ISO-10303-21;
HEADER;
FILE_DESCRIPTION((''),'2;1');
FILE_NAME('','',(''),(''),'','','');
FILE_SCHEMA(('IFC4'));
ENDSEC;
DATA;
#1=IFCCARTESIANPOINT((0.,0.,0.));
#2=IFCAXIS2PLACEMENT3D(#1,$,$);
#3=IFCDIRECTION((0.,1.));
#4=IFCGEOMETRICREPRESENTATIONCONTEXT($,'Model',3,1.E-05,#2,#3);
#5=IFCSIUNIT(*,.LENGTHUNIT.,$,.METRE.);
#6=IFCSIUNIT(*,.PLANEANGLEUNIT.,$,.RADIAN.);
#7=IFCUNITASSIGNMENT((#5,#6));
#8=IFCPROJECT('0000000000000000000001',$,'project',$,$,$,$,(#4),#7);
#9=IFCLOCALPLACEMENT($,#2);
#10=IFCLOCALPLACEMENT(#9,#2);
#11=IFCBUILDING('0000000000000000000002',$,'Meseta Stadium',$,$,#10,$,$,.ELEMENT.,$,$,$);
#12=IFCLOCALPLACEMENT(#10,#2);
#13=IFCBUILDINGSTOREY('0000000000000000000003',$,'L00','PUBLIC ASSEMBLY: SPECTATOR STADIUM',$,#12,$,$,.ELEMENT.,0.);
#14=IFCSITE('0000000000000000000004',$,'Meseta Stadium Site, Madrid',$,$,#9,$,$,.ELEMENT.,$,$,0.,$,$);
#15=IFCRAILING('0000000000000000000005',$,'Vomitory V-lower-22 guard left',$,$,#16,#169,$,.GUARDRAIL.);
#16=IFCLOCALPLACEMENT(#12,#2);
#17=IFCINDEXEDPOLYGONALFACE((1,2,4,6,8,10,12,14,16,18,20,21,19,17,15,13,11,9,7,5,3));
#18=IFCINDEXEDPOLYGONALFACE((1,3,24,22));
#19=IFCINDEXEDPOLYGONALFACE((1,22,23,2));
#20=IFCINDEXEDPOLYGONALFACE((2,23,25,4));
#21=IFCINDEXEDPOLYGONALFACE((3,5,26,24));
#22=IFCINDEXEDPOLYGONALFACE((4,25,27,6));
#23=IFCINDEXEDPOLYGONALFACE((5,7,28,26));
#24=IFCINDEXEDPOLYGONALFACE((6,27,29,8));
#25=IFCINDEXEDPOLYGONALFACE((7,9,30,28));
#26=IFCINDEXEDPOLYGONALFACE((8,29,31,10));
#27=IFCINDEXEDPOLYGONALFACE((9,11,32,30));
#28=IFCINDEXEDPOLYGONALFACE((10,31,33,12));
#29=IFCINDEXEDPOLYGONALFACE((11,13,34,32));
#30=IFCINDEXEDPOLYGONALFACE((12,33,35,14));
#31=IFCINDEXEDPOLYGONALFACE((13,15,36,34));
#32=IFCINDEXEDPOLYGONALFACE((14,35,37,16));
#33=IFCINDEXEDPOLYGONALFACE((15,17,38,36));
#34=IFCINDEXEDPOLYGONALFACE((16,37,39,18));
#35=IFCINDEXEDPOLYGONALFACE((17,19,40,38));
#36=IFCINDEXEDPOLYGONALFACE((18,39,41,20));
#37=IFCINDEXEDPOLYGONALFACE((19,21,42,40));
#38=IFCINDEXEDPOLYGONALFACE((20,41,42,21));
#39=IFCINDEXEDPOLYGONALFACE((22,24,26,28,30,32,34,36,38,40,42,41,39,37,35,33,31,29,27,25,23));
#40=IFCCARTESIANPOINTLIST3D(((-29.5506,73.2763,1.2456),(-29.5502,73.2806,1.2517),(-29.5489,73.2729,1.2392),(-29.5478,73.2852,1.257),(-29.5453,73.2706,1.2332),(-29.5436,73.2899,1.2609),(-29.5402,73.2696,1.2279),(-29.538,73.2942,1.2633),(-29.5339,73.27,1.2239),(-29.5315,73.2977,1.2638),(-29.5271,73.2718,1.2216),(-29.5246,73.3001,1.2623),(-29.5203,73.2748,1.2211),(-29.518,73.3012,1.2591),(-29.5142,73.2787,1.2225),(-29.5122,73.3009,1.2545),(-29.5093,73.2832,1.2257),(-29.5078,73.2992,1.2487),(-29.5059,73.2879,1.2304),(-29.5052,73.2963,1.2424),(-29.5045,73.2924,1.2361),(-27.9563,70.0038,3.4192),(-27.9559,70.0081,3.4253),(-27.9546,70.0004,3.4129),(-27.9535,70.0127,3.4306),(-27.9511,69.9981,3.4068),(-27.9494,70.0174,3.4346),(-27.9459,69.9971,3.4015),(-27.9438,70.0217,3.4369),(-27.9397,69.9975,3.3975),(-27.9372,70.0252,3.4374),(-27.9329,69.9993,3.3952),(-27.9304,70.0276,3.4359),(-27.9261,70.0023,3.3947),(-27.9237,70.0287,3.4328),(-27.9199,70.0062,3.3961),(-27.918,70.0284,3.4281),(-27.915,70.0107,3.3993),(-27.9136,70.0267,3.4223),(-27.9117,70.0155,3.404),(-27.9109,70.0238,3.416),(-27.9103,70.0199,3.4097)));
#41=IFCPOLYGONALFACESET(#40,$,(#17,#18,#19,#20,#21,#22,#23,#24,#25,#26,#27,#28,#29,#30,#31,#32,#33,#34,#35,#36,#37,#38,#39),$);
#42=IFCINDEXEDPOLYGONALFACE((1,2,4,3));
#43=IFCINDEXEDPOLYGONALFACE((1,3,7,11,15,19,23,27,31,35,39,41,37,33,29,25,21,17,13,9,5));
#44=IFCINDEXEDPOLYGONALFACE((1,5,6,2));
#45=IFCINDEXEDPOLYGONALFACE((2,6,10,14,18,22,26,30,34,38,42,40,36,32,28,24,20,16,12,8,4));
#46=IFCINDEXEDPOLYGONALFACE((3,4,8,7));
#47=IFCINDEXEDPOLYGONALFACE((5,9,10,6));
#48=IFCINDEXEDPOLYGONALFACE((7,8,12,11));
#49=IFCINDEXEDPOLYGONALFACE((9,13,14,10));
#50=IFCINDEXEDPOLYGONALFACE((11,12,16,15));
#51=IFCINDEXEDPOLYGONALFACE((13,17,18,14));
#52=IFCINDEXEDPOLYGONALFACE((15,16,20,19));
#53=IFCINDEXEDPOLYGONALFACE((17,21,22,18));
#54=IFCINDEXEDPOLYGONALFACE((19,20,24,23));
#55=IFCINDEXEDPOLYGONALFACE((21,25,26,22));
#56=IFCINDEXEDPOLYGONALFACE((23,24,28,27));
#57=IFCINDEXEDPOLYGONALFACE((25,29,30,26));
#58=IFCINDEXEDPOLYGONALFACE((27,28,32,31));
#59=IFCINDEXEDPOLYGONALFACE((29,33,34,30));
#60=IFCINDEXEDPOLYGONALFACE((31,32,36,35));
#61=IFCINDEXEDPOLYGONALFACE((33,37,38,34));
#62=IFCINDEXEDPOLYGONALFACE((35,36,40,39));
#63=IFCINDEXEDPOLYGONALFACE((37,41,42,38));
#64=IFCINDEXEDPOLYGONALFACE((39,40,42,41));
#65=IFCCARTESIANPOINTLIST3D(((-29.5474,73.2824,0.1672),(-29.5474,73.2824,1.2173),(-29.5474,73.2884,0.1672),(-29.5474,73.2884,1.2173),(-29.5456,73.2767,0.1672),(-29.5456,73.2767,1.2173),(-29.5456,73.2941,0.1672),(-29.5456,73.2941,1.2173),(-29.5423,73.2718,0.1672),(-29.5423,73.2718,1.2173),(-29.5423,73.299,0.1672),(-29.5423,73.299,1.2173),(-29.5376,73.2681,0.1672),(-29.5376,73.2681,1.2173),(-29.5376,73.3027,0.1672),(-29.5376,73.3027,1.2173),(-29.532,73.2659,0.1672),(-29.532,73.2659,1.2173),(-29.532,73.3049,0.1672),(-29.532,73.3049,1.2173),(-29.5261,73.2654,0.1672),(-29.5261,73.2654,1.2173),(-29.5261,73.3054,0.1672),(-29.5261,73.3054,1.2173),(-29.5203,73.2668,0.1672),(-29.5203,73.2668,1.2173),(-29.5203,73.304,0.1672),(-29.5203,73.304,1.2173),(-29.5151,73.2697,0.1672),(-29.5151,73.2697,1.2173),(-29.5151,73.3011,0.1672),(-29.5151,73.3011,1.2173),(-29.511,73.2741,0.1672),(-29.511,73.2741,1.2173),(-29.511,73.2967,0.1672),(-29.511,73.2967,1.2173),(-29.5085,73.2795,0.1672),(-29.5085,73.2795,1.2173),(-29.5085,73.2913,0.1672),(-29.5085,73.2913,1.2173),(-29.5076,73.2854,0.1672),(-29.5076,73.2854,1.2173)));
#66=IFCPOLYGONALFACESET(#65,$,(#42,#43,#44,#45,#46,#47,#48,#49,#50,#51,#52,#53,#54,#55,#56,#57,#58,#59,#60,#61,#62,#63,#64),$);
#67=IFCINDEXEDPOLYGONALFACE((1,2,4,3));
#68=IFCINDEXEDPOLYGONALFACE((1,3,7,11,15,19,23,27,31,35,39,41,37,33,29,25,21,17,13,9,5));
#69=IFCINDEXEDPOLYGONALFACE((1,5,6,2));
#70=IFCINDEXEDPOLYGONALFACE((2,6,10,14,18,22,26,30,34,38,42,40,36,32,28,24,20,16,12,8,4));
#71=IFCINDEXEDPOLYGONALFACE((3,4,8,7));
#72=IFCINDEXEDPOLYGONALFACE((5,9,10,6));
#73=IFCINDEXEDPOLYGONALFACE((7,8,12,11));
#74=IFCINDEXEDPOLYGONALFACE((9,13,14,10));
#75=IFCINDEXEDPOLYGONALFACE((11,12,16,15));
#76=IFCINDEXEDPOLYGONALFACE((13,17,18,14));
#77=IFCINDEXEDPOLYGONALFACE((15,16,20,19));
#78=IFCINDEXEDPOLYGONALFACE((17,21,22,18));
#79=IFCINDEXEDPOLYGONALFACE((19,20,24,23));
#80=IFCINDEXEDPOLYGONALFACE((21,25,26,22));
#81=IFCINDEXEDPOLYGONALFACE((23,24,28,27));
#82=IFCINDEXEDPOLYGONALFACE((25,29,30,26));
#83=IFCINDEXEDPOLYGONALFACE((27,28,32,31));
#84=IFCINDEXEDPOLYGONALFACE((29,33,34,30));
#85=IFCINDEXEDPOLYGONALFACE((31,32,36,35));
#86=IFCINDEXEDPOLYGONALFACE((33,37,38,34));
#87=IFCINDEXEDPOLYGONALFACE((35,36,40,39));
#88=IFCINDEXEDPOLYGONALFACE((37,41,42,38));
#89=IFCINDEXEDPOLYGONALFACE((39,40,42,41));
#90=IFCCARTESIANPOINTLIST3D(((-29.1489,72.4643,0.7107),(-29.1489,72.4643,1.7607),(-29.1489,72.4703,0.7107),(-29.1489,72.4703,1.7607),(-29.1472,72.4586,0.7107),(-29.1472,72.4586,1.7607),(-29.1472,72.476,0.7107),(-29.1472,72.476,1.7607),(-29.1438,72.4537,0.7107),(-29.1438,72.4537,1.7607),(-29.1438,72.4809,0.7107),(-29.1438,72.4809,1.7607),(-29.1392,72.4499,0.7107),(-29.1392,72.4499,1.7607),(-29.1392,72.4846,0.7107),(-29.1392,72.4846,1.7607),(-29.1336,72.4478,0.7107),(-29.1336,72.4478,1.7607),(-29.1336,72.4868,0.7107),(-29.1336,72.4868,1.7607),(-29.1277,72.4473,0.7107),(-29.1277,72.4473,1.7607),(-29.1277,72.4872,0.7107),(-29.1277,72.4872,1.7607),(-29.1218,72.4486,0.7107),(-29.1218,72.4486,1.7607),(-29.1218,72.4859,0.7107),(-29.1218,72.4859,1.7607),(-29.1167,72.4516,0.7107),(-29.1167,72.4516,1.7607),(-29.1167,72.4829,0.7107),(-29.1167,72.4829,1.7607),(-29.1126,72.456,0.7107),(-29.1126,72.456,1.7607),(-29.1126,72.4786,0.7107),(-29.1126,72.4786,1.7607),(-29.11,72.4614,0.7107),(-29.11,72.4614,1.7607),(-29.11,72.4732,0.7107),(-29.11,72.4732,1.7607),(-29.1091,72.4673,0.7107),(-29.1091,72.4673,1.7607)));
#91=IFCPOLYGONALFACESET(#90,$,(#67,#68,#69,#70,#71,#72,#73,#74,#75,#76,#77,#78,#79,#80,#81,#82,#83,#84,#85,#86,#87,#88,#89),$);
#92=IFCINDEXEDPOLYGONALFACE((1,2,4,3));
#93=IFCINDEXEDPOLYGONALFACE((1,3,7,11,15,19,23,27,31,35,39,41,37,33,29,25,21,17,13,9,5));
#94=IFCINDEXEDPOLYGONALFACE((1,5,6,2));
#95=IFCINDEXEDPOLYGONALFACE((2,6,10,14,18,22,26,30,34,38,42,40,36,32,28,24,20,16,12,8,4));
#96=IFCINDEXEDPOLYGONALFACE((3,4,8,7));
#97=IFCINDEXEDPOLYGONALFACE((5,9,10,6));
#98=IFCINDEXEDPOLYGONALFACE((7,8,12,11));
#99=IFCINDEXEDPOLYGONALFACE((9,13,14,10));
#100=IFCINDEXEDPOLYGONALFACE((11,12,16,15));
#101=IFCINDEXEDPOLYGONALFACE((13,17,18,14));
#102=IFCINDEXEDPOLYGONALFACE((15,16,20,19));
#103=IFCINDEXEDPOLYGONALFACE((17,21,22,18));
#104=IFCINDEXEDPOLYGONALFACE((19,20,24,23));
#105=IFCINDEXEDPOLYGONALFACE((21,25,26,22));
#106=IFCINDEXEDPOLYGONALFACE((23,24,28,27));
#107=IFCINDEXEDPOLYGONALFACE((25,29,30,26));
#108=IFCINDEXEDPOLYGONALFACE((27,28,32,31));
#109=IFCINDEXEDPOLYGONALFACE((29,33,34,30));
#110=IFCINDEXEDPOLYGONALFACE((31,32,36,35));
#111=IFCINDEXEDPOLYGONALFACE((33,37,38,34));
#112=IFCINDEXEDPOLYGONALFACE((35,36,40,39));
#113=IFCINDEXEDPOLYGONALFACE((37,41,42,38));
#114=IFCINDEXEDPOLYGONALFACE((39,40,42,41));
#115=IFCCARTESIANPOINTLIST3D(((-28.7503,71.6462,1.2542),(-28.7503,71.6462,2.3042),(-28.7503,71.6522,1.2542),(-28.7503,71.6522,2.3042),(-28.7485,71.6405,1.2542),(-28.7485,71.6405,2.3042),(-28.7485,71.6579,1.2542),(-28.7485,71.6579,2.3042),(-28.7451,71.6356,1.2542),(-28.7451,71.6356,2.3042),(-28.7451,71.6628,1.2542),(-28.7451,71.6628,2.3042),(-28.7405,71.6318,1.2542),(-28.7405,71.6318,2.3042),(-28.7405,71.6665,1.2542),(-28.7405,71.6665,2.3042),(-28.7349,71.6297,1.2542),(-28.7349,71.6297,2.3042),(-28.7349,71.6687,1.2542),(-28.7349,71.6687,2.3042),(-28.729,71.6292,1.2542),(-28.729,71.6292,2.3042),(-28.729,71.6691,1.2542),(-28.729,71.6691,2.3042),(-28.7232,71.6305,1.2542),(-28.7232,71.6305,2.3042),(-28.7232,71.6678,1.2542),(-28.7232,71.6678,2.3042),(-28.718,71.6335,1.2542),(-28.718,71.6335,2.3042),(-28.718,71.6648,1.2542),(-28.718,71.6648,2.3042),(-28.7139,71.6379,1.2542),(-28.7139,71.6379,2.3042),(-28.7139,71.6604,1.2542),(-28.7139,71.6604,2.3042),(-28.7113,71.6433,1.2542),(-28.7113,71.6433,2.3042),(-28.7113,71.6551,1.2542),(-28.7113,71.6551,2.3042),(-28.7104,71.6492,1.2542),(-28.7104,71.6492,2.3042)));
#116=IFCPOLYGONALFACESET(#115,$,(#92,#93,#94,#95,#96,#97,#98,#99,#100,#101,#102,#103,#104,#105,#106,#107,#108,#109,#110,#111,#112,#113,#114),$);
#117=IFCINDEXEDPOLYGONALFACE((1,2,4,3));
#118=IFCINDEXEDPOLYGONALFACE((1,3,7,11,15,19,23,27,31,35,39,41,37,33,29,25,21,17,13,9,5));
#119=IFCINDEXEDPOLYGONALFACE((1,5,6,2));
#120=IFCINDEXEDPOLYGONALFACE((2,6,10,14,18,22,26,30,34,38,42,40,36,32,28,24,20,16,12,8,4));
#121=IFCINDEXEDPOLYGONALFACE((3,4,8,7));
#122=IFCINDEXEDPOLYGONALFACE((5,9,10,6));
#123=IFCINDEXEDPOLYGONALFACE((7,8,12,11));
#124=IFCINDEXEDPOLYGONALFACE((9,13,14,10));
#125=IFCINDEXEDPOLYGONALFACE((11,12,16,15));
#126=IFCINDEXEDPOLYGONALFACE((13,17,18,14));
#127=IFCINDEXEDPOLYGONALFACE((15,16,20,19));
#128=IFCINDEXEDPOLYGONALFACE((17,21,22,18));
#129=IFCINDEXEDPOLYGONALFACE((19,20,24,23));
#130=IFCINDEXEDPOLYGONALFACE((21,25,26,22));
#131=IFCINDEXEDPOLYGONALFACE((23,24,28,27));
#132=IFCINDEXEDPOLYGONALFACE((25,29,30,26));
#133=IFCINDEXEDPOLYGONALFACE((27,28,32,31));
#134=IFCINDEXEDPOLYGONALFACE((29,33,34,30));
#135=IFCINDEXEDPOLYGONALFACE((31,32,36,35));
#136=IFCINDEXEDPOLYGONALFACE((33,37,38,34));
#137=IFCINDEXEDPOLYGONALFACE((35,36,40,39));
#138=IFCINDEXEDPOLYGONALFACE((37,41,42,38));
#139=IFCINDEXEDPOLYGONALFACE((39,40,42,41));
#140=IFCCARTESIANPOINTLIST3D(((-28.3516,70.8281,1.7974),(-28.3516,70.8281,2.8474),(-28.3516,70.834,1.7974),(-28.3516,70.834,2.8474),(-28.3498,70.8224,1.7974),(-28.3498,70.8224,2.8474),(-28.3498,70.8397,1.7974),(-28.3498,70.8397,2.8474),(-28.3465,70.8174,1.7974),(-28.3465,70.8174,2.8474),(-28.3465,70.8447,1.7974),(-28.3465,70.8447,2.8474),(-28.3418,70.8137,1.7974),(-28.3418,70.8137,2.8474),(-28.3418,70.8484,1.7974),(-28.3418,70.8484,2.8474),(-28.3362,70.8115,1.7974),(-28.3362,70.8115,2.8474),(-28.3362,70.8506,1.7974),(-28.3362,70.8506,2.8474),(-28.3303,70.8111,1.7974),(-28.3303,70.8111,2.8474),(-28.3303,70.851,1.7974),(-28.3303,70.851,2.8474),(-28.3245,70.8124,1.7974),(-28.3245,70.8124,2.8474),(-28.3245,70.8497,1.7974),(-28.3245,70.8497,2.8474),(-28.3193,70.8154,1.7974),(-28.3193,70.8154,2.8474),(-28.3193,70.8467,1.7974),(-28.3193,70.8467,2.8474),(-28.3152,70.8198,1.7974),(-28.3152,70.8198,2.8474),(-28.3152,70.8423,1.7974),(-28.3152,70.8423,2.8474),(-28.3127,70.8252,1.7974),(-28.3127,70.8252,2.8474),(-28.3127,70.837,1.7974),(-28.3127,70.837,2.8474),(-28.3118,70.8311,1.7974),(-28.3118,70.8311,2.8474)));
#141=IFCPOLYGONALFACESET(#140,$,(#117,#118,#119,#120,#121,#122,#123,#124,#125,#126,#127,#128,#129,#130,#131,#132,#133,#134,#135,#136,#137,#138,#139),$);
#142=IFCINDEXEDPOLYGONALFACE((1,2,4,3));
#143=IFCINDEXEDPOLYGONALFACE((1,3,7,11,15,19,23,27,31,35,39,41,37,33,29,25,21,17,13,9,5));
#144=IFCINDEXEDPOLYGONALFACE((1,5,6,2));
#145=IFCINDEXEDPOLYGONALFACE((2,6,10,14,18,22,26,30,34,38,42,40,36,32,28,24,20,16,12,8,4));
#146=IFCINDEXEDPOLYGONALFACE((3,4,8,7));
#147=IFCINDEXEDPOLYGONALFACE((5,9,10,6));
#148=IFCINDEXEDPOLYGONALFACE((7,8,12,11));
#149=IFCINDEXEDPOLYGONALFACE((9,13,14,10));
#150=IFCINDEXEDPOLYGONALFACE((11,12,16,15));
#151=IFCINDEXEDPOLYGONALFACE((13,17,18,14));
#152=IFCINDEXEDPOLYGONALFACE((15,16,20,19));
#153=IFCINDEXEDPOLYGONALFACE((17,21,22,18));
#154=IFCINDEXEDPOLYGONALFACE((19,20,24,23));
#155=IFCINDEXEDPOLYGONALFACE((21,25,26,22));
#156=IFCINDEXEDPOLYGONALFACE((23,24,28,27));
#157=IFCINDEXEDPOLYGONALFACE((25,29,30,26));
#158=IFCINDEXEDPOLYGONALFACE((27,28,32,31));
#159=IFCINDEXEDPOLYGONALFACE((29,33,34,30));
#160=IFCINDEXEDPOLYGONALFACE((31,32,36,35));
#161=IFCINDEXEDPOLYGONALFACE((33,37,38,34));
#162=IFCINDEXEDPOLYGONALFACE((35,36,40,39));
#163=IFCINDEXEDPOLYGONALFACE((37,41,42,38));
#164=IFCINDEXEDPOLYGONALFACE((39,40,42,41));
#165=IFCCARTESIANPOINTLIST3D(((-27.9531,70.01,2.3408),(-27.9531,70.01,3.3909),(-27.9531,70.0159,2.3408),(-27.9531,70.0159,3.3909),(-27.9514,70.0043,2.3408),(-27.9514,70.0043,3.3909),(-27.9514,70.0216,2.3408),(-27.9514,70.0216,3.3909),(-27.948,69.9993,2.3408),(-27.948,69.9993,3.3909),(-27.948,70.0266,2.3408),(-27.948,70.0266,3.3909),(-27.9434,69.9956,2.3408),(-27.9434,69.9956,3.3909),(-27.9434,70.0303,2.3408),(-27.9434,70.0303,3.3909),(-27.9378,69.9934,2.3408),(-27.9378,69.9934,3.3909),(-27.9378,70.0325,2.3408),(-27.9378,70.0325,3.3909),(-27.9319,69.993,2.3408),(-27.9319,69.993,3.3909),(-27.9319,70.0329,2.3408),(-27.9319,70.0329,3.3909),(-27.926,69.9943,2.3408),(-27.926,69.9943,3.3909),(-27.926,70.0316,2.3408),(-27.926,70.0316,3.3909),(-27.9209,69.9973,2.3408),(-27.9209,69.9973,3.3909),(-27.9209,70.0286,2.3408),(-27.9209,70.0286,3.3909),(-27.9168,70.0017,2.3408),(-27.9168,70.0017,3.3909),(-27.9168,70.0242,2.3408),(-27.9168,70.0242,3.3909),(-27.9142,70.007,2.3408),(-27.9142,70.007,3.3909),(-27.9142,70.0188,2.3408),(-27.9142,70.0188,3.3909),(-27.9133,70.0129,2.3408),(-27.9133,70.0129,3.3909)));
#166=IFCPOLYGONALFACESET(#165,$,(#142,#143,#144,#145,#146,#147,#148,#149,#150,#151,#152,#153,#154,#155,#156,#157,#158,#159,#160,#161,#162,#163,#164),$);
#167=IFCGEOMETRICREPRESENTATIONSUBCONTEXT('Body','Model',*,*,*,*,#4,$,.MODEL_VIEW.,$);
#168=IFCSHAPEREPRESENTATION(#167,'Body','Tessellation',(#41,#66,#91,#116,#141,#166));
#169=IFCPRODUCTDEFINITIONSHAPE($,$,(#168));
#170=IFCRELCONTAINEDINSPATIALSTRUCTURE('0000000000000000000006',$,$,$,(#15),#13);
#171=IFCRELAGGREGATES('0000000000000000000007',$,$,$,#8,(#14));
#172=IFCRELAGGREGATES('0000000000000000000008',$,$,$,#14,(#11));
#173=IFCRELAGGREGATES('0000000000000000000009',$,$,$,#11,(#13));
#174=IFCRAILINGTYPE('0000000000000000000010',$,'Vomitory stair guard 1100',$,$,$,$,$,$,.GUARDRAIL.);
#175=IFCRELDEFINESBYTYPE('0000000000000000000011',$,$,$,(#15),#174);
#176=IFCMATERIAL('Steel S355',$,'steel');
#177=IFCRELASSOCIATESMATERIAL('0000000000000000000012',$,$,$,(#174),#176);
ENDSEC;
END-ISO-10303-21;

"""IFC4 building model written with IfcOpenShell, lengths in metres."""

from ifc_helpers import new_model, si_unit, direction, frame, origin, origin_2d, place, context, subcontext, project, spatial, circle, extrude, material, type_object, element, save


model = new_model("IFC4")

# Units and contexts
model_context = context("Model", 3, precision=1e-05, world=origin(), true_north=direction((0.0, 1.0)))
body_context = subcontext(model_context, "Body", "Model", "MODEL_VIEW")
ifc_project = project(units=[si_unit("LENGTHUNIT", "METRE"), si_unit("PLANEANGLEUNIT", "RADIAN")], contexts=[model_context])

# Site, building, storey
site_placement = place(None, origin())
site = spatial("IfcSite", under=ifc_project, at=site_placement, Name="Meseta Stadium Site, Madrid", CompositionType="ELEMENT", RefElevation=0.0)
building_placement = place(site_placement, origin())
building = spatial("IfcBuilding", under=site, at=building_placement, Name="Meseta Stadium", CompositionType="ELEMENT")
storey_placement = place(building_placement, origin())
storey = spatial("IfcBuildingStorey", under=building, at=storey_placement, Name="L00", Description="PUBLIC ASSEMBLY: SPECTATOR STADIUM", CompositionType="ELEMENT", Elevation=0.0)

# Railing
ifc_material_1 = material(Name="Steel S355", Category="steel")
railing_type_1 = type_object("IfcRailingType", Name="Vomitory stair guard 1100", PredefinedType="GUARDRAIL", material=ifc_material_1)
railing_1_placement = place(storey_placement, frame((-29.5276, 73.2854, 0.1672)))
element("IfcRailing", 1, at=railing_1_placement, inside=storey, type_object=railing_type_1, Name="Vomitory V-lower-22 guard left", PredefinedType="GUARDRAIL", context=body_context, shape_type="SweptSolid", body=[
    extrude(circle(Radius=0.0249, at=origin_2d()), frame((0.0, 0.0, 1.0752), z_axis=(0.376026, -0.771861, 0.512674), x_axis=(0.898994, 0.437961, 0.0)), (0.0, 0.0, 1.0), 4.2397),
    extrude(circle(Radius=0.02, at=origin_2d()), origin(), (0.0, 0.0, 1.0), 1.05),
    extrude(circle(Radius=0.02, at=origin_2d()), frame((0.3984, -0.8181, 0.5435)), (0.0, 0.0, 1.0), 1.05),
    extrude(circle(Radius=0.02, at=origin_2d()), frame((0.7971, -1.6362, 1.0869)), (0.0, 0.0, 1.0), 1.05),
    extrude(circle(Radius=0.02, at=origin_2d()), frame((1.1958, -2.4543, 1.6301)), (0.0, 0.0, 1.0), 1.05),
    extrude(circle(Radius=0.02, at=origin_2d()), frame((1.5942, -3.2725, 2.1736)), (0.0, 0.0, 1.0), 1.05),
])

save(model, "model.ifc")
